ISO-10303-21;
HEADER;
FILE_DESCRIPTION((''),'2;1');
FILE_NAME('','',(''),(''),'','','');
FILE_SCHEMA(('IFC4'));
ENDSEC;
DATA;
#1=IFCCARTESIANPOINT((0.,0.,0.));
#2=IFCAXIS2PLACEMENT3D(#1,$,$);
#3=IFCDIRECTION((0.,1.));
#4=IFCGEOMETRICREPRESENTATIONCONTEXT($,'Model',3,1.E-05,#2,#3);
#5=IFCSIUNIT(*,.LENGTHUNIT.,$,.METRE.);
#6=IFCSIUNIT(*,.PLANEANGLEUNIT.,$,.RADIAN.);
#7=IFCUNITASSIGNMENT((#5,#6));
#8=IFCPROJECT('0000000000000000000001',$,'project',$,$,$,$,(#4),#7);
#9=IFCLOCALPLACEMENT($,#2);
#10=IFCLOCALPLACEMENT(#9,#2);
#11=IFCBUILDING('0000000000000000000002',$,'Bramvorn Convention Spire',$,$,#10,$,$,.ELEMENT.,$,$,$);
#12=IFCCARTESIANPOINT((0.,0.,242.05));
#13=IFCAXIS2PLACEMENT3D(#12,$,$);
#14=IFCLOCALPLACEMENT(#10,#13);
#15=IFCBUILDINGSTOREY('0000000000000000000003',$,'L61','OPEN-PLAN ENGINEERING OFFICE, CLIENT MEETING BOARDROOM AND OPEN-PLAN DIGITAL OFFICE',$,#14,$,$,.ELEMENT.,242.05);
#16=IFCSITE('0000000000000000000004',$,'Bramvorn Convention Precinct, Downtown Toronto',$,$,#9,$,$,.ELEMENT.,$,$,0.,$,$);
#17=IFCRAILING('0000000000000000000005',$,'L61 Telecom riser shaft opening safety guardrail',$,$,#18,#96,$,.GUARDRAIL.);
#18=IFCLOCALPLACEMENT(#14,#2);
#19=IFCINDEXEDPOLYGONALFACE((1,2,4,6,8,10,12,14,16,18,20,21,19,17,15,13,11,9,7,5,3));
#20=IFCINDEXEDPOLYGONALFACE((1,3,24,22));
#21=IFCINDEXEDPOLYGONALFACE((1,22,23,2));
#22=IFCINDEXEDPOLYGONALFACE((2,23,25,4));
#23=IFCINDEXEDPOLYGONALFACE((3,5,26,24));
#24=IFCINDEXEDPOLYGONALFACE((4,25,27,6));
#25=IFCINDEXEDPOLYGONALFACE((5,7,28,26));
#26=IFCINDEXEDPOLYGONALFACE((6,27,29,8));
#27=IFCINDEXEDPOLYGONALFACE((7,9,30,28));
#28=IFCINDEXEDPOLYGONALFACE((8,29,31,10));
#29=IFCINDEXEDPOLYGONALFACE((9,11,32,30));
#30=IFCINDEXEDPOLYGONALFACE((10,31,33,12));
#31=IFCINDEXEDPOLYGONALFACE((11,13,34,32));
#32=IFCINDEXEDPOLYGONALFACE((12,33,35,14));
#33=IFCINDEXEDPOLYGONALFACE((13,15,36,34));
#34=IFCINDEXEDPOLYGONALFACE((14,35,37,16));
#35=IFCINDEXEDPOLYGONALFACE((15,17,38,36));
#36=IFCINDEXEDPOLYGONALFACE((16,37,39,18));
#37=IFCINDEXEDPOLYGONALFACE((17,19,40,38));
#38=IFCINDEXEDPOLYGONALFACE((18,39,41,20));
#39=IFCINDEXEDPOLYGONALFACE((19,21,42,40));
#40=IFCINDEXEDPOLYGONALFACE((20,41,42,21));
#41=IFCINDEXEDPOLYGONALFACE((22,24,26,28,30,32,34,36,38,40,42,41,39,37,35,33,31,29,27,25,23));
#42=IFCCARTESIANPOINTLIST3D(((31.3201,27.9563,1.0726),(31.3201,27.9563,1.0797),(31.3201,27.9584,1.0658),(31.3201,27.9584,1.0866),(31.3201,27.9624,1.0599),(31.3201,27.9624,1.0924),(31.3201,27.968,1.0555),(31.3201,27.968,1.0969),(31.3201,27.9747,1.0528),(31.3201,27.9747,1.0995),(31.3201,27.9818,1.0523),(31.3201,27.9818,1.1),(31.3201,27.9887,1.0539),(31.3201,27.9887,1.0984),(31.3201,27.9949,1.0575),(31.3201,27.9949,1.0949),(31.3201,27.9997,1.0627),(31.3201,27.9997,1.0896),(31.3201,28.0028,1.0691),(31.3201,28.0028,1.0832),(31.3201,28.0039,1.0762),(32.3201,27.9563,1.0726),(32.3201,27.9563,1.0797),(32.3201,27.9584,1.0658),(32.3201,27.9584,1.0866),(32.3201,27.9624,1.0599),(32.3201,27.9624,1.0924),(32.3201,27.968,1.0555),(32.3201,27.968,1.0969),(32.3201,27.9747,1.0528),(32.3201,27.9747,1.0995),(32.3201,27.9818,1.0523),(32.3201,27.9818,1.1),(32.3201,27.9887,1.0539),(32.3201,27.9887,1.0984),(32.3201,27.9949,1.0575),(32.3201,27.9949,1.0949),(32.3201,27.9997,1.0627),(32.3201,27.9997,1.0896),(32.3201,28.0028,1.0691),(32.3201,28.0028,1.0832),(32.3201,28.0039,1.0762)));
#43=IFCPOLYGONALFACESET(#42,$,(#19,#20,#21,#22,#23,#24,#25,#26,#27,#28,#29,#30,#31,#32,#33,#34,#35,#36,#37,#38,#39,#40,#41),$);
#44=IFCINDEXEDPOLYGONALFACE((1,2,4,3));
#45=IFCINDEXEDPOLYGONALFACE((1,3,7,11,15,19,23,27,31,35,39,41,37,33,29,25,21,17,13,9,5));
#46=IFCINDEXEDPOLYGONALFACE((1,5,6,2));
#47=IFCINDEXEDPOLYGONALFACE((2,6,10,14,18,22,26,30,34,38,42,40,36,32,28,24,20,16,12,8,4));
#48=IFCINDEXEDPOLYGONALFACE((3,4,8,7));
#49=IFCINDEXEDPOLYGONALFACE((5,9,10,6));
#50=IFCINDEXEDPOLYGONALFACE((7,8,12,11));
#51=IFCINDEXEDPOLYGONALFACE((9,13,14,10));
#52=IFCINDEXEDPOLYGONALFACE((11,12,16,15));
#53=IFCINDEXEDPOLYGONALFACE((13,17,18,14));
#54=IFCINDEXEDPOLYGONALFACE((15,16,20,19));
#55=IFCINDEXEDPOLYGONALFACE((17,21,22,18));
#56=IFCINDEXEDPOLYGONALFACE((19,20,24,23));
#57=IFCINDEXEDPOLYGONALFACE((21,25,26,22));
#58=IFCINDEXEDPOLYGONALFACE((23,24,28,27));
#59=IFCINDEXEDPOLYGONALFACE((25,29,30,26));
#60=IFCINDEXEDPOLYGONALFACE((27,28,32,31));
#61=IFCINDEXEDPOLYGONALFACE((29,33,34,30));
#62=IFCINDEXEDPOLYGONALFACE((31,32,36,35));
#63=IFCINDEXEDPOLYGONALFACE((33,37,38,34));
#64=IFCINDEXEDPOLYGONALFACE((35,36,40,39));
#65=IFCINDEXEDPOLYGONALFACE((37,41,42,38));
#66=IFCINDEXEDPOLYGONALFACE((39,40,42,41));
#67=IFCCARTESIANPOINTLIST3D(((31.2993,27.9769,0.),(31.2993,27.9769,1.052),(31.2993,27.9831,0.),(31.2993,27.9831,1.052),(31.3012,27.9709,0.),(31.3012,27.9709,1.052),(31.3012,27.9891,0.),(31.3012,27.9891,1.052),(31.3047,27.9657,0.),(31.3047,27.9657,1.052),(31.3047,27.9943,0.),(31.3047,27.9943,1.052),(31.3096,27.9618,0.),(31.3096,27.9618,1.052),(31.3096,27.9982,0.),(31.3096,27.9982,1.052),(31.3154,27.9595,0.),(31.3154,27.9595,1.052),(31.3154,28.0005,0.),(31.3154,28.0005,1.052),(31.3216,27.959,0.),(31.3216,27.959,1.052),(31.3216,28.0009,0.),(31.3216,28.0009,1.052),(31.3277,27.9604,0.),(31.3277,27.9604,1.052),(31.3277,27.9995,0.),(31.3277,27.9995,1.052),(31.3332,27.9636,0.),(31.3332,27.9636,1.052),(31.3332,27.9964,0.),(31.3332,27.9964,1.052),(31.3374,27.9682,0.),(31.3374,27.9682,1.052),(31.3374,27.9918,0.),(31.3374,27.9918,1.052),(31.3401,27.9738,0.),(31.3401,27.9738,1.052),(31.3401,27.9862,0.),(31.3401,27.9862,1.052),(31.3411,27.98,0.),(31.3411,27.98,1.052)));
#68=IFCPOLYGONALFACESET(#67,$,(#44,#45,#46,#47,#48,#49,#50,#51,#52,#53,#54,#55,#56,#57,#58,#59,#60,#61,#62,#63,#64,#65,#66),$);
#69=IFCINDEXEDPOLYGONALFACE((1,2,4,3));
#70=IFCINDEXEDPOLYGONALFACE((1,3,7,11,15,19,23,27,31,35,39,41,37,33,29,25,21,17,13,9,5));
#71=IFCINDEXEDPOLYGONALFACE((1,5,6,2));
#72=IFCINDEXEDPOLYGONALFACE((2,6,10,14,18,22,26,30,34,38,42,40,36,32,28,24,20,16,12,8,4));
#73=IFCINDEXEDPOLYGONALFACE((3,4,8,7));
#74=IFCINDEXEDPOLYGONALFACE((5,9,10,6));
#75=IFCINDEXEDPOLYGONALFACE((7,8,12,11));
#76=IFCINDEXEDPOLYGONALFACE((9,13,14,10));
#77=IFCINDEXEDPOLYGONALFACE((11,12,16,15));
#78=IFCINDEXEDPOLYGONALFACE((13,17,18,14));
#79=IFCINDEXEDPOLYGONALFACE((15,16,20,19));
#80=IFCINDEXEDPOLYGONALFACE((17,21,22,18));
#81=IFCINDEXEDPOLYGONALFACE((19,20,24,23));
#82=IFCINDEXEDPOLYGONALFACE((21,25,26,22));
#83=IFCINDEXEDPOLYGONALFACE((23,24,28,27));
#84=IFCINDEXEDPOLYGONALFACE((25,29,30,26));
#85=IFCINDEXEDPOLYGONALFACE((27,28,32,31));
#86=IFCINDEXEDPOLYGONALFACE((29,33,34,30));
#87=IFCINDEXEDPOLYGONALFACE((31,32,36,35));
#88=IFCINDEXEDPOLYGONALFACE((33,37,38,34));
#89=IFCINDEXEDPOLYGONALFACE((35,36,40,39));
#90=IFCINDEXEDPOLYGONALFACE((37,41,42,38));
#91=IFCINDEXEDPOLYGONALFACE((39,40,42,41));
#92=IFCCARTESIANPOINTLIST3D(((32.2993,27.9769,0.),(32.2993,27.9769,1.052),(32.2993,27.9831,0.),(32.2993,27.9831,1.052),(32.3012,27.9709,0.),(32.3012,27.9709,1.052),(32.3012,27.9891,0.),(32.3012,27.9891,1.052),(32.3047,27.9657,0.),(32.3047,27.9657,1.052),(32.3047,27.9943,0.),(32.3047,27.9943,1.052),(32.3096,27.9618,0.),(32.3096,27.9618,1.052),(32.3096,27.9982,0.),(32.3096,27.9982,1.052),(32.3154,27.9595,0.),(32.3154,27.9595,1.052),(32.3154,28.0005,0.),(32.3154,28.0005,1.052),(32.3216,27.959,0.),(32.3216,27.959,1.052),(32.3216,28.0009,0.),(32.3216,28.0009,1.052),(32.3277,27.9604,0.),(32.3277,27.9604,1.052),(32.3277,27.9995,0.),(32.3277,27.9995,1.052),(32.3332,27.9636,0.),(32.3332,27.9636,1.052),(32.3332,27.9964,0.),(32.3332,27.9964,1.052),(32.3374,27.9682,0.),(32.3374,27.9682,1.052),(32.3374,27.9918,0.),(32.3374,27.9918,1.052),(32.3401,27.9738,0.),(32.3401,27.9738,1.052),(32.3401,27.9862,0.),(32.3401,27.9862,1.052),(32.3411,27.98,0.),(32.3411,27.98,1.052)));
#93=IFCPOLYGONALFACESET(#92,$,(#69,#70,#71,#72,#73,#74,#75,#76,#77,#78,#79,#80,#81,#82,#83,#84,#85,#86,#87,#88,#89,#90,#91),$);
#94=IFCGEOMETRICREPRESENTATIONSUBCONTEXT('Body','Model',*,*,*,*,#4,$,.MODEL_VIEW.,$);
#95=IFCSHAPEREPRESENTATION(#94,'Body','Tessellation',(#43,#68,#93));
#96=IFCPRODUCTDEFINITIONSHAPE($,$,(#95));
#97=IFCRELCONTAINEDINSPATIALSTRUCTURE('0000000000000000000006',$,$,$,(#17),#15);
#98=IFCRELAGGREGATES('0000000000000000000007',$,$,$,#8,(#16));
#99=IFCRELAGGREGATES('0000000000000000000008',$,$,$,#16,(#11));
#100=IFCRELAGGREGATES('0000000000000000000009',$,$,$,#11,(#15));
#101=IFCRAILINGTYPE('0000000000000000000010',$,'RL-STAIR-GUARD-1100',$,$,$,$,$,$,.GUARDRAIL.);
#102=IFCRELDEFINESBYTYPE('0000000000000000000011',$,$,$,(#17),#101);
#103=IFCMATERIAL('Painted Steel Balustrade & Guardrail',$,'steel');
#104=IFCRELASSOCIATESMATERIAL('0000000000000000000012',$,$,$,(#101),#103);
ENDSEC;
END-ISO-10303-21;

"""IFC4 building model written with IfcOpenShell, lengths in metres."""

from ifc_helpers import new_model, si_unit, direction, frame, origin, origin_2d, place, context, subcontext, project, spatial, circle, extrude, material, type_object, element, save


model = new_model("IFC4")

# Units and contexts
model_context = context("Model", 3, precision=1e-05, world=origin(), true_north=direction((0.0, 1.0)))
body_context = subcontext(model_context, "Body", "Model", "MODEL_VIEW")
ifc_project = project(units=[si_unit("LENGTHUNIT", "METRE"), si_unit("PLANEANGLEUNIT", "RADIAN")], contexts=[model_context])

# Site, building, storey
site_placement = place(None, origin())
site = spatial("IfcSite", under=ifc_project, at=site_placement, Name="Bramvorn Convention Precinct, Downtown Toronto", CompositionType="ELEMENT", RefElevation=0.0)
building_placement = place(site_placement, origin())
building = spatial("IfcBuilding", under=site, at=building_placement, Name="Bramvorn Convention Spire", CompositionType="ELEMENT")
storey_placement = place(building_placement, frame((0.0, 0.0, 242.05)))
storey = spatial("IfcBuildingStorey", under=building, at=storey_placement, Name="L61", Description="OPEN-PLAN ENGINEERING OFFICE, CLIENT MEETING BOARDROOM AND OPEN-PLAN DIGITAL OFFICE", CompositionType="ELEMENT", Elevation=242.05)

# Railing
ifc_material_1 = material(Name="Painted Steel Balustrade & Guardrail", Category="steel")
railing_type_1 = type_object("IfcRailingType", Name="RL-STAIR-GUARD-1100", PredefinedType="GUARDRAIL", material=ifc_material_1)
railing_1_placement = place(storey_placement, frame((31.3201, 27.98, 0.0)))
element("IfcRailing", 1, at=railing_1_placement, inside=storey, type_object=railing_type_1, Name="L61 Telecom riser shaft opening safety guardrail", PredefinedType="GUARDRAIL", context=body_context, shape_type="SweptSolid", body=[
    extrude(circle(Radius=0.0239, at=origin_2d()), frame((0.0, 0.0, 1.0762), z_axis=(1.0, 0.0, 0.0), x_axis=(0.0, 1.0, 0.0)), (0.0, 0.0, 1.0), 1.0),
    extrude(circle(Radius=0.021, at=origin_2d()), origin(), (0.0, 0.0, 1.0), 1.052),
    extrude(circle(Radius=0.021, at=origin_2d()), frame((1.0, 0.0, 0.0)), (0.0, 0.0, 1.0), 1.052),
])

save(model, "model.ifc")
